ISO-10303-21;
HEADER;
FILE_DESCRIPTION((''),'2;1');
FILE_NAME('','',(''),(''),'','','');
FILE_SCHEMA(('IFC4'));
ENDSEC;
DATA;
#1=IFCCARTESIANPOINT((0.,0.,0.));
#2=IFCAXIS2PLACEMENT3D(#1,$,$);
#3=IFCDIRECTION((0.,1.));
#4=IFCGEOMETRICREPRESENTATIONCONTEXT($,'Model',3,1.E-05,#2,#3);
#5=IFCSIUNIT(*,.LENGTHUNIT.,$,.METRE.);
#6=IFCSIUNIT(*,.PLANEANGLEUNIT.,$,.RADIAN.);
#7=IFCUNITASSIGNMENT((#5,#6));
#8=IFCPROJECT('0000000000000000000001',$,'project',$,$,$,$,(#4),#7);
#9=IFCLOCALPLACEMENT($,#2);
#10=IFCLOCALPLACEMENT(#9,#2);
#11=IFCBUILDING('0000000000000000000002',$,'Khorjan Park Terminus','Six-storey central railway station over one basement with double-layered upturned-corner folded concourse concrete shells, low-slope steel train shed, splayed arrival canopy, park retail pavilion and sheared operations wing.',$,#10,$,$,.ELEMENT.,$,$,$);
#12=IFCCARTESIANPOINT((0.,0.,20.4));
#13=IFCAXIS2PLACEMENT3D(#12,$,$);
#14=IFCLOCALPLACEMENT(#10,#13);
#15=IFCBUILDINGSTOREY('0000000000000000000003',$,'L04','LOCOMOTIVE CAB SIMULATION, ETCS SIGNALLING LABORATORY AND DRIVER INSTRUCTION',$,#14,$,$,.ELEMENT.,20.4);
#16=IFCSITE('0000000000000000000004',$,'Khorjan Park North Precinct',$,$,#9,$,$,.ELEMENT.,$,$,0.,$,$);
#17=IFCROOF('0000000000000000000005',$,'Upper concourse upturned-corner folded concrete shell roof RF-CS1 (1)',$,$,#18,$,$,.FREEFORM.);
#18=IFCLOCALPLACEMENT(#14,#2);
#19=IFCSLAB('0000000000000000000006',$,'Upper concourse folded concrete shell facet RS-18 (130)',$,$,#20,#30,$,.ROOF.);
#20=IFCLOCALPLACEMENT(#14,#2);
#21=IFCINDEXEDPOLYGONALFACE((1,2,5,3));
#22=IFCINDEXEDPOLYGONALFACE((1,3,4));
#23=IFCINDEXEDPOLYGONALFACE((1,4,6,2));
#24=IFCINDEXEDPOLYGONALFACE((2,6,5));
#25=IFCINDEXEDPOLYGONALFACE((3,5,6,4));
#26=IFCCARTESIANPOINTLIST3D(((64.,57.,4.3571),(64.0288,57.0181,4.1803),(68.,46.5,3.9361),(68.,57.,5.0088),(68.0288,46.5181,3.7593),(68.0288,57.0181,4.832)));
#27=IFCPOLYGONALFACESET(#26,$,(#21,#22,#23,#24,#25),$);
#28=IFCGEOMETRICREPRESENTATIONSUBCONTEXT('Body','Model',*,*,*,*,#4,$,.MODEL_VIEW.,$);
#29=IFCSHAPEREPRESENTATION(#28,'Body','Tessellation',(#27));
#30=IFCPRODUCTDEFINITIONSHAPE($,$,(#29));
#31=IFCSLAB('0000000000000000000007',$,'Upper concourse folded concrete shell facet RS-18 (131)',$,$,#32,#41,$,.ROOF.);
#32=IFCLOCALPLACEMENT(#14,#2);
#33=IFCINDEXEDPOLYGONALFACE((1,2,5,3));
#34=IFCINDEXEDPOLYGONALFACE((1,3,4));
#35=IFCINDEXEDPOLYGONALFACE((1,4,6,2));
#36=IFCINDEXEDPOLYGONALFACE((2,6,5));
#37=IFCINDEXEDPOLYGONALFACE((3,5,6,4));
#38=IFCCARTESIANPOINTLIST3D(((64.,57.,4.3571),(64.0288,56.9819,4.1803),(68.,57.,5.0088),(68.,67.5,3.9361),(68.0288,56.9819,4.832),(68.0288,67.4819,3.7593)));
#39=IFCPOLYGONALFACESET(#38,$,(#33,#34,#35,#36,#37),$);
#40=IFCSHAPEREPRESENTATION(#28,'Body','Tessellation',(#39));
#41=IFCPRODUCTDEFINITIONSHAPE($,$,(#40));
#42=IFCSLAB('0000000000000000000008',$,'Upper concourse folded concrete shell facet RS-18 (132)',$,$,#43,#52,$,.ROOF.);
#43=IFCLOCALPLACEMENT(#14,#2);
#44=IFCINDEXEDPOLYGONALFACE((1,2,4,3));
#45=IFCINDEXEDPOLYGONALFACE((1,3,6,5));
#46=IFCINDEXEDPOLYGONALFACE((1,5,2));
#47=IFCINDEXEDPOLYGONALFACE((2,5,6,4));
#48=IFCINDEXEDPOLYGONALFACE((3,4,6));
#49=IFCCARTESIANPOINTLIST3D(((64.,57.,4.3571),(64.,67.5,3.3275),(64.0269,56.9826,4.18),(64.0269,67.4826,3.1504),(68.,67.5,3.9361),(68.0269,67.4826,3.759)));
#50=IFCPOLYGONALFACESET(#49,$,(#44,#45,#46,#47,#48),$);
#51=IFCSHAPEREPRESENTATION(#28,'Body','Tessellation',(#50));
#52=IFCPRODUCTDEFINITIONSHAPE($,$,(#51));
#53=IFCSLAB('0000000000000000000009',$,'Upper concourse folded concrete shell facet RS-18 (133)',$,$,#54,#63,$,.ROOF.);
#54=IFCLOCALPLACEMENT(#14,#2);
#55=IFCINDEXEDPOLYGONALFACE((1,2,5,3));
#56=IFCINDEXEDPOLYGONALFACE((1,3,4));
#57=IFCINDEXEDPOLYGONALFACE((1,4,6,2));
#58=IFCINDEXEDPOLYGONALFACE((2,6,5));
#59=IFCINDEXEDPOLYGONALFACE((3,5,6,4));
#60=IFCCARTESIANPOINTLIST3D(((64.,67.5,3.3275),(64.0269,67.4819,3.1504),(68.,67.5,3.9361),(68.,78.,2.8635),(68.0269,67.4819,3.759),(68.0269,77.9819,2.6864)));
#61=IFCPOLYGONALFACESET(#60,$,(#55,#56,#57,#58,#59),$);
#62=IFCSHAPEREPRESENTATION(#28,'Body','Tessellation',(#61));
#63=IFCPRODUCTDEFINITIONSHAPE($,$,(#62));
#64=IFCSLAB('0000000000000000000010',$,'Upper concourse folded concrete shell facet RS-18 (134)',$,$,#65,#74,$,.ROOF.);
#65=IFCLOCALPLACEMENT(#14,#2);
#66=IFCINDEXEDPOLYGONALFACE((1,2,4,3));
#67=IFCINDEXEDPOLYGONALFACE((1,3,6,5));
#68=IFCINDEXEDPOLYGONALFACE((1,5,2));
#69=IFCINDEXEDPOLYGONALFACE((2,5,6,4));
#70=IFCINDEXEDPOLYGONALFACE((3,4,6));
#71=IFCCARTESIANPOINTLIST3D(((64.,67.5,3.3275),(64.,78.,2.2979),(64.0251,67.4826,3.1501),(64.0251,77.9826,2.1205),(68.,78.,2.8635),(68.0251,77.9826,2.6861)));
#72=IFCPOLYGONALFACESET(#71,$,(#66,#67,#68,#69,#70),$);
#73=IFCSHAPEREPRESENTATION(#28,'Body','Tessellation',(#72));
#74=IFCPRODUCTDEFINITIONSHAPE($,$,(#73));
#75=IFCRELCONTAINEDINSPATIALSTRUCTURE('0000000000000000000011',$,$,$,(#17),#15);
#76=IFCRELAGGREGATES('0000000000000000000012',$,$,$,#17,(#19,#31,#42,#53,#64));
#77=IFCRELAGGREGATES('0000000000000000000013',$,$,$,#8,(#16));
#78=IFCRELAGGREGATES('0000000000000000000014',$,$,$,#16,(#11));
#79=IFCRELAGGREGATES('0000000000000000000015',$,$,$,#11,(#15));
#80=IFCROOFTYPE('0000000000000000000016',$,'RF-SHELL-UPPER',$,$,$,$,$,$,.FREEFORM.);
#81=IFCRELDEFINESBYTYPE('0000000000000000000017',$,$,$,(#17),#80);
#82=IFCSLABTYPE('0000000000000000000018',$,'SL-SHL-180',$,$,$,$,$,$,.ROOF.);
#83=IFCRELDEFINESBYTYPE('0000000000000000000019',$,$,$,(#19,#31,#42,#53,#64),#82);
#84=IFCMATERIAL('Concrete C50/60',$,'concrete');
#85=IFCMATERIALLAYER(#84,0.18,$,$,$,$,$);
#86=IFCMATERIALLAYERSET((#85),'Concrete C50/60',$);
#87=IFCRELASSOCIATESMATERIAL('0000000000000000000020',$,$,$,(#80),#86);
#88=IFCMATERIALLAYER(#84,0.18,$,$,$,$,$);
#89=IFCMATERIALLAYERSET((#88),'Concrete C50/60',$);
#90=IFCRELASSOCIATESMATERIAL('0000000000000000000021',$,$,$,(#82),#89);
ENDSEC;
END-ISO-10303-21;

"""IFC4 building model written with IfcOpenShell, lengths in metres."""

from ifc_helpers import new_model, si_unit, direction, frame, origin, place, context, subcontext, project, spatial, polyline, outline, extrude, material, layer, layer_set, type_object, element, aggregate, save


model = new_model("IFC4")

# Units and contexts
model_context = context("Model", 3, precision=1e-05, world=origin(), true_north=direction((0.0, 1.0)))
body_context = subcontext(model_context, "Body", "Model", "MODEL_VIEW")
ifc_project = project(units=[si_unit("LENGTHUNIT", "METRE"), si_unit("PLANEANGLEUNIT", "RADIAN")], contexts=[model_context])

# Site, building, storey
site_placement = place(None, origin())
site = spatial("IfcSite", under=ifc_project, at=site_placement, Name="Khorjan Park North Precinct", CompositionType="ELEMENT", RefElevation=0.0)
building_placement = place(site_placement, origin())
building = spatial("IfcBuilding", under=site, at=building_placement, Name="Khorjan Park Terminus", Description="Six-storey central railway station over one basement with double-layered upturned-corner folded concourse concrete shells, low-slope steel train shed, splayed arrival canopy, park retail pavilion and sheared operations wing.", CompositionType="ELEMENT")
storey_placement = place(building_placement, frame((0.0, 0.0, 20.4)))
storey = spatial("IfcBuildingStorey", under=building, at=storey_placement, Name="L04", Description="LOCOMOTIVE CAB SIMULATION, ETCS SIGNALLING LABORATORY AND DRIVER INSTRUCTION", CompositionType="ELEMENT", Elevation=20.4)

# Roof, slabs
ifc_material = material(Name="Concrete C50/60", Category="concrete")
ifc_layer_1 = layer(ifc_material, 0.18)
ifc_layer_set_1 = layer_set([ifc_layer_1], Name="Concrete C50/60")
roof_type = type_object("IfcRoofType", Name="RF-SHELL-UPPER", PredefinedType="FREEFORM", material=ifc_layer_set_1)
roof_placement = place(storey_placement, origin())
roof = element("IfcRoof", 1, at=roof_placement, inside=storey, type_object=roof_type, Name="Upper concourse upturned-corner folded concrete shell roof RF-CS1 (1)", PredefinedType="FREEFORM")
ifc_layer_2 = layer(ifc_material, 0.18)
ifc_layer_set_2 = layer_set([ifc_layer_2], Name="Concrete C50/60")
slab_type = type_object("IfcSlabType", Name="SL-SHL-180", PredefinedType="ROOF", material=ifc_layer_set_2)
slab_1_placement = place(storey_placement, frame((68.0, 46.5, 3.9361), z_axis=(-0.159993, -0.100324, 0.982007), x_axis=(0.0, 0.994822, 0.101633)))
slab_1 = element("IfcSlab", 2, at=slab_1_placement, type_object=slab_type, Name="Upper concourse folded concrete shell facet RS-18 (130)", PredefinedType="ROOF", context=body_context, shape_type="SweptSolid", body=[
    extrude(outline(polyline([(0.0, 0.0), (10.5547, 0.0), (10.4884, 4.0522), (0.0, 0.0)])), origin(), (0.0, 0.0, -1.0), 0.18),
])
slab_2_placement = place(storey_placement, frame((64.0, 57.0, 4.3571), z_axis=(-0.159993, 0.100324, 0.982007), x_axis=(0.986986, 0.0, 0.160805)))
slab_2 = element("IfcSlab", 3, at=slab_2_placement, type_object=slab_type, Name="Upper concourse folded concrete shell facet RS-18 (131)", PredefinedType="ROOF", context=body_context, shape_type="SweptSolid", body=[
    extrude(outline(polyline([(0.0, 0.0), (4.0527, 0.0), (3.8802, 10.5532), (0.0, 0.0)])), origin(), (0.0, 0.0, -1.0), 0.18),
])
slab_3_placement = place(storey_placement, frame((64.0, 57.0, 4.3571), z_axis=(-0.149717, 0.096489, 0.984009), x_axis=(0.355746, 0.933832, -0.037442)))
slab_3 = element("IfcSlab", 4, at=slab_3_placement, type_object=slab_type, Name="Upper concourse folded concrete shell facet RS-18 (132)", PredefinedType="ROOF", context=body_context, shape_type="SweptSolid", body=[
    extrude(outline(polyline([(0.0, 0.0), (11.244, 0.0), (9.8438, 3.796), (0.0, 0.0)])), origin(), (0.0, 0.0, -1.0), 0.18),
])
slab_4_placement = place(storey_placement, frame((64.0, 67.5, 3.3275), z_axis=(-0.149658, 0.100479, 0.983619), x_axis=(0.988622, 0.0, 0.150419)))
slab_4 = element("IfcSlab", 5, at=slab_4_placement, type_object=slab_type, Name="Upper concourse folded concrete shell facet RS-18 (133)", PredefinedType="ROOF", context=body_context, shape_type="SweptSolid", body=[
    extrude(outline(polyline([(0.0, 0.0), (4.046, 0.0), (3.8847, 10.5534), (0.0, 0.0)])), origin(), (0.0, 0.0, -1.0), 0.18),
])
slab_5_placement = place(storey_placement, frame((64.0, 67.5, 3.3275), z_axis=(-0.139352, 0.096637, 0.985516), x_axis=(0.355692, 0.933692, -0.04126)))
slab_5 = element("IfcSlab", 6, at=slab_5_placement, type_object=slab_type, Name="Upper concourse folded concrete shell facet RS-18 (134)", PredefinedType="ROOF", context=body_context, shape_type="SweptSolid", body=[
    extrude(outline(polyline([(0.0, 0.0), (11.2457, 0.0), (9.8462, 3.7897), (0.0, 0.0)])), origin(), (0.0, 0.0, -1.0), 0.18),
])
aggregate(roof, [slab_1, slab_2, slab_3, slab_4, slab_5])

save(model, "model.ifc")
